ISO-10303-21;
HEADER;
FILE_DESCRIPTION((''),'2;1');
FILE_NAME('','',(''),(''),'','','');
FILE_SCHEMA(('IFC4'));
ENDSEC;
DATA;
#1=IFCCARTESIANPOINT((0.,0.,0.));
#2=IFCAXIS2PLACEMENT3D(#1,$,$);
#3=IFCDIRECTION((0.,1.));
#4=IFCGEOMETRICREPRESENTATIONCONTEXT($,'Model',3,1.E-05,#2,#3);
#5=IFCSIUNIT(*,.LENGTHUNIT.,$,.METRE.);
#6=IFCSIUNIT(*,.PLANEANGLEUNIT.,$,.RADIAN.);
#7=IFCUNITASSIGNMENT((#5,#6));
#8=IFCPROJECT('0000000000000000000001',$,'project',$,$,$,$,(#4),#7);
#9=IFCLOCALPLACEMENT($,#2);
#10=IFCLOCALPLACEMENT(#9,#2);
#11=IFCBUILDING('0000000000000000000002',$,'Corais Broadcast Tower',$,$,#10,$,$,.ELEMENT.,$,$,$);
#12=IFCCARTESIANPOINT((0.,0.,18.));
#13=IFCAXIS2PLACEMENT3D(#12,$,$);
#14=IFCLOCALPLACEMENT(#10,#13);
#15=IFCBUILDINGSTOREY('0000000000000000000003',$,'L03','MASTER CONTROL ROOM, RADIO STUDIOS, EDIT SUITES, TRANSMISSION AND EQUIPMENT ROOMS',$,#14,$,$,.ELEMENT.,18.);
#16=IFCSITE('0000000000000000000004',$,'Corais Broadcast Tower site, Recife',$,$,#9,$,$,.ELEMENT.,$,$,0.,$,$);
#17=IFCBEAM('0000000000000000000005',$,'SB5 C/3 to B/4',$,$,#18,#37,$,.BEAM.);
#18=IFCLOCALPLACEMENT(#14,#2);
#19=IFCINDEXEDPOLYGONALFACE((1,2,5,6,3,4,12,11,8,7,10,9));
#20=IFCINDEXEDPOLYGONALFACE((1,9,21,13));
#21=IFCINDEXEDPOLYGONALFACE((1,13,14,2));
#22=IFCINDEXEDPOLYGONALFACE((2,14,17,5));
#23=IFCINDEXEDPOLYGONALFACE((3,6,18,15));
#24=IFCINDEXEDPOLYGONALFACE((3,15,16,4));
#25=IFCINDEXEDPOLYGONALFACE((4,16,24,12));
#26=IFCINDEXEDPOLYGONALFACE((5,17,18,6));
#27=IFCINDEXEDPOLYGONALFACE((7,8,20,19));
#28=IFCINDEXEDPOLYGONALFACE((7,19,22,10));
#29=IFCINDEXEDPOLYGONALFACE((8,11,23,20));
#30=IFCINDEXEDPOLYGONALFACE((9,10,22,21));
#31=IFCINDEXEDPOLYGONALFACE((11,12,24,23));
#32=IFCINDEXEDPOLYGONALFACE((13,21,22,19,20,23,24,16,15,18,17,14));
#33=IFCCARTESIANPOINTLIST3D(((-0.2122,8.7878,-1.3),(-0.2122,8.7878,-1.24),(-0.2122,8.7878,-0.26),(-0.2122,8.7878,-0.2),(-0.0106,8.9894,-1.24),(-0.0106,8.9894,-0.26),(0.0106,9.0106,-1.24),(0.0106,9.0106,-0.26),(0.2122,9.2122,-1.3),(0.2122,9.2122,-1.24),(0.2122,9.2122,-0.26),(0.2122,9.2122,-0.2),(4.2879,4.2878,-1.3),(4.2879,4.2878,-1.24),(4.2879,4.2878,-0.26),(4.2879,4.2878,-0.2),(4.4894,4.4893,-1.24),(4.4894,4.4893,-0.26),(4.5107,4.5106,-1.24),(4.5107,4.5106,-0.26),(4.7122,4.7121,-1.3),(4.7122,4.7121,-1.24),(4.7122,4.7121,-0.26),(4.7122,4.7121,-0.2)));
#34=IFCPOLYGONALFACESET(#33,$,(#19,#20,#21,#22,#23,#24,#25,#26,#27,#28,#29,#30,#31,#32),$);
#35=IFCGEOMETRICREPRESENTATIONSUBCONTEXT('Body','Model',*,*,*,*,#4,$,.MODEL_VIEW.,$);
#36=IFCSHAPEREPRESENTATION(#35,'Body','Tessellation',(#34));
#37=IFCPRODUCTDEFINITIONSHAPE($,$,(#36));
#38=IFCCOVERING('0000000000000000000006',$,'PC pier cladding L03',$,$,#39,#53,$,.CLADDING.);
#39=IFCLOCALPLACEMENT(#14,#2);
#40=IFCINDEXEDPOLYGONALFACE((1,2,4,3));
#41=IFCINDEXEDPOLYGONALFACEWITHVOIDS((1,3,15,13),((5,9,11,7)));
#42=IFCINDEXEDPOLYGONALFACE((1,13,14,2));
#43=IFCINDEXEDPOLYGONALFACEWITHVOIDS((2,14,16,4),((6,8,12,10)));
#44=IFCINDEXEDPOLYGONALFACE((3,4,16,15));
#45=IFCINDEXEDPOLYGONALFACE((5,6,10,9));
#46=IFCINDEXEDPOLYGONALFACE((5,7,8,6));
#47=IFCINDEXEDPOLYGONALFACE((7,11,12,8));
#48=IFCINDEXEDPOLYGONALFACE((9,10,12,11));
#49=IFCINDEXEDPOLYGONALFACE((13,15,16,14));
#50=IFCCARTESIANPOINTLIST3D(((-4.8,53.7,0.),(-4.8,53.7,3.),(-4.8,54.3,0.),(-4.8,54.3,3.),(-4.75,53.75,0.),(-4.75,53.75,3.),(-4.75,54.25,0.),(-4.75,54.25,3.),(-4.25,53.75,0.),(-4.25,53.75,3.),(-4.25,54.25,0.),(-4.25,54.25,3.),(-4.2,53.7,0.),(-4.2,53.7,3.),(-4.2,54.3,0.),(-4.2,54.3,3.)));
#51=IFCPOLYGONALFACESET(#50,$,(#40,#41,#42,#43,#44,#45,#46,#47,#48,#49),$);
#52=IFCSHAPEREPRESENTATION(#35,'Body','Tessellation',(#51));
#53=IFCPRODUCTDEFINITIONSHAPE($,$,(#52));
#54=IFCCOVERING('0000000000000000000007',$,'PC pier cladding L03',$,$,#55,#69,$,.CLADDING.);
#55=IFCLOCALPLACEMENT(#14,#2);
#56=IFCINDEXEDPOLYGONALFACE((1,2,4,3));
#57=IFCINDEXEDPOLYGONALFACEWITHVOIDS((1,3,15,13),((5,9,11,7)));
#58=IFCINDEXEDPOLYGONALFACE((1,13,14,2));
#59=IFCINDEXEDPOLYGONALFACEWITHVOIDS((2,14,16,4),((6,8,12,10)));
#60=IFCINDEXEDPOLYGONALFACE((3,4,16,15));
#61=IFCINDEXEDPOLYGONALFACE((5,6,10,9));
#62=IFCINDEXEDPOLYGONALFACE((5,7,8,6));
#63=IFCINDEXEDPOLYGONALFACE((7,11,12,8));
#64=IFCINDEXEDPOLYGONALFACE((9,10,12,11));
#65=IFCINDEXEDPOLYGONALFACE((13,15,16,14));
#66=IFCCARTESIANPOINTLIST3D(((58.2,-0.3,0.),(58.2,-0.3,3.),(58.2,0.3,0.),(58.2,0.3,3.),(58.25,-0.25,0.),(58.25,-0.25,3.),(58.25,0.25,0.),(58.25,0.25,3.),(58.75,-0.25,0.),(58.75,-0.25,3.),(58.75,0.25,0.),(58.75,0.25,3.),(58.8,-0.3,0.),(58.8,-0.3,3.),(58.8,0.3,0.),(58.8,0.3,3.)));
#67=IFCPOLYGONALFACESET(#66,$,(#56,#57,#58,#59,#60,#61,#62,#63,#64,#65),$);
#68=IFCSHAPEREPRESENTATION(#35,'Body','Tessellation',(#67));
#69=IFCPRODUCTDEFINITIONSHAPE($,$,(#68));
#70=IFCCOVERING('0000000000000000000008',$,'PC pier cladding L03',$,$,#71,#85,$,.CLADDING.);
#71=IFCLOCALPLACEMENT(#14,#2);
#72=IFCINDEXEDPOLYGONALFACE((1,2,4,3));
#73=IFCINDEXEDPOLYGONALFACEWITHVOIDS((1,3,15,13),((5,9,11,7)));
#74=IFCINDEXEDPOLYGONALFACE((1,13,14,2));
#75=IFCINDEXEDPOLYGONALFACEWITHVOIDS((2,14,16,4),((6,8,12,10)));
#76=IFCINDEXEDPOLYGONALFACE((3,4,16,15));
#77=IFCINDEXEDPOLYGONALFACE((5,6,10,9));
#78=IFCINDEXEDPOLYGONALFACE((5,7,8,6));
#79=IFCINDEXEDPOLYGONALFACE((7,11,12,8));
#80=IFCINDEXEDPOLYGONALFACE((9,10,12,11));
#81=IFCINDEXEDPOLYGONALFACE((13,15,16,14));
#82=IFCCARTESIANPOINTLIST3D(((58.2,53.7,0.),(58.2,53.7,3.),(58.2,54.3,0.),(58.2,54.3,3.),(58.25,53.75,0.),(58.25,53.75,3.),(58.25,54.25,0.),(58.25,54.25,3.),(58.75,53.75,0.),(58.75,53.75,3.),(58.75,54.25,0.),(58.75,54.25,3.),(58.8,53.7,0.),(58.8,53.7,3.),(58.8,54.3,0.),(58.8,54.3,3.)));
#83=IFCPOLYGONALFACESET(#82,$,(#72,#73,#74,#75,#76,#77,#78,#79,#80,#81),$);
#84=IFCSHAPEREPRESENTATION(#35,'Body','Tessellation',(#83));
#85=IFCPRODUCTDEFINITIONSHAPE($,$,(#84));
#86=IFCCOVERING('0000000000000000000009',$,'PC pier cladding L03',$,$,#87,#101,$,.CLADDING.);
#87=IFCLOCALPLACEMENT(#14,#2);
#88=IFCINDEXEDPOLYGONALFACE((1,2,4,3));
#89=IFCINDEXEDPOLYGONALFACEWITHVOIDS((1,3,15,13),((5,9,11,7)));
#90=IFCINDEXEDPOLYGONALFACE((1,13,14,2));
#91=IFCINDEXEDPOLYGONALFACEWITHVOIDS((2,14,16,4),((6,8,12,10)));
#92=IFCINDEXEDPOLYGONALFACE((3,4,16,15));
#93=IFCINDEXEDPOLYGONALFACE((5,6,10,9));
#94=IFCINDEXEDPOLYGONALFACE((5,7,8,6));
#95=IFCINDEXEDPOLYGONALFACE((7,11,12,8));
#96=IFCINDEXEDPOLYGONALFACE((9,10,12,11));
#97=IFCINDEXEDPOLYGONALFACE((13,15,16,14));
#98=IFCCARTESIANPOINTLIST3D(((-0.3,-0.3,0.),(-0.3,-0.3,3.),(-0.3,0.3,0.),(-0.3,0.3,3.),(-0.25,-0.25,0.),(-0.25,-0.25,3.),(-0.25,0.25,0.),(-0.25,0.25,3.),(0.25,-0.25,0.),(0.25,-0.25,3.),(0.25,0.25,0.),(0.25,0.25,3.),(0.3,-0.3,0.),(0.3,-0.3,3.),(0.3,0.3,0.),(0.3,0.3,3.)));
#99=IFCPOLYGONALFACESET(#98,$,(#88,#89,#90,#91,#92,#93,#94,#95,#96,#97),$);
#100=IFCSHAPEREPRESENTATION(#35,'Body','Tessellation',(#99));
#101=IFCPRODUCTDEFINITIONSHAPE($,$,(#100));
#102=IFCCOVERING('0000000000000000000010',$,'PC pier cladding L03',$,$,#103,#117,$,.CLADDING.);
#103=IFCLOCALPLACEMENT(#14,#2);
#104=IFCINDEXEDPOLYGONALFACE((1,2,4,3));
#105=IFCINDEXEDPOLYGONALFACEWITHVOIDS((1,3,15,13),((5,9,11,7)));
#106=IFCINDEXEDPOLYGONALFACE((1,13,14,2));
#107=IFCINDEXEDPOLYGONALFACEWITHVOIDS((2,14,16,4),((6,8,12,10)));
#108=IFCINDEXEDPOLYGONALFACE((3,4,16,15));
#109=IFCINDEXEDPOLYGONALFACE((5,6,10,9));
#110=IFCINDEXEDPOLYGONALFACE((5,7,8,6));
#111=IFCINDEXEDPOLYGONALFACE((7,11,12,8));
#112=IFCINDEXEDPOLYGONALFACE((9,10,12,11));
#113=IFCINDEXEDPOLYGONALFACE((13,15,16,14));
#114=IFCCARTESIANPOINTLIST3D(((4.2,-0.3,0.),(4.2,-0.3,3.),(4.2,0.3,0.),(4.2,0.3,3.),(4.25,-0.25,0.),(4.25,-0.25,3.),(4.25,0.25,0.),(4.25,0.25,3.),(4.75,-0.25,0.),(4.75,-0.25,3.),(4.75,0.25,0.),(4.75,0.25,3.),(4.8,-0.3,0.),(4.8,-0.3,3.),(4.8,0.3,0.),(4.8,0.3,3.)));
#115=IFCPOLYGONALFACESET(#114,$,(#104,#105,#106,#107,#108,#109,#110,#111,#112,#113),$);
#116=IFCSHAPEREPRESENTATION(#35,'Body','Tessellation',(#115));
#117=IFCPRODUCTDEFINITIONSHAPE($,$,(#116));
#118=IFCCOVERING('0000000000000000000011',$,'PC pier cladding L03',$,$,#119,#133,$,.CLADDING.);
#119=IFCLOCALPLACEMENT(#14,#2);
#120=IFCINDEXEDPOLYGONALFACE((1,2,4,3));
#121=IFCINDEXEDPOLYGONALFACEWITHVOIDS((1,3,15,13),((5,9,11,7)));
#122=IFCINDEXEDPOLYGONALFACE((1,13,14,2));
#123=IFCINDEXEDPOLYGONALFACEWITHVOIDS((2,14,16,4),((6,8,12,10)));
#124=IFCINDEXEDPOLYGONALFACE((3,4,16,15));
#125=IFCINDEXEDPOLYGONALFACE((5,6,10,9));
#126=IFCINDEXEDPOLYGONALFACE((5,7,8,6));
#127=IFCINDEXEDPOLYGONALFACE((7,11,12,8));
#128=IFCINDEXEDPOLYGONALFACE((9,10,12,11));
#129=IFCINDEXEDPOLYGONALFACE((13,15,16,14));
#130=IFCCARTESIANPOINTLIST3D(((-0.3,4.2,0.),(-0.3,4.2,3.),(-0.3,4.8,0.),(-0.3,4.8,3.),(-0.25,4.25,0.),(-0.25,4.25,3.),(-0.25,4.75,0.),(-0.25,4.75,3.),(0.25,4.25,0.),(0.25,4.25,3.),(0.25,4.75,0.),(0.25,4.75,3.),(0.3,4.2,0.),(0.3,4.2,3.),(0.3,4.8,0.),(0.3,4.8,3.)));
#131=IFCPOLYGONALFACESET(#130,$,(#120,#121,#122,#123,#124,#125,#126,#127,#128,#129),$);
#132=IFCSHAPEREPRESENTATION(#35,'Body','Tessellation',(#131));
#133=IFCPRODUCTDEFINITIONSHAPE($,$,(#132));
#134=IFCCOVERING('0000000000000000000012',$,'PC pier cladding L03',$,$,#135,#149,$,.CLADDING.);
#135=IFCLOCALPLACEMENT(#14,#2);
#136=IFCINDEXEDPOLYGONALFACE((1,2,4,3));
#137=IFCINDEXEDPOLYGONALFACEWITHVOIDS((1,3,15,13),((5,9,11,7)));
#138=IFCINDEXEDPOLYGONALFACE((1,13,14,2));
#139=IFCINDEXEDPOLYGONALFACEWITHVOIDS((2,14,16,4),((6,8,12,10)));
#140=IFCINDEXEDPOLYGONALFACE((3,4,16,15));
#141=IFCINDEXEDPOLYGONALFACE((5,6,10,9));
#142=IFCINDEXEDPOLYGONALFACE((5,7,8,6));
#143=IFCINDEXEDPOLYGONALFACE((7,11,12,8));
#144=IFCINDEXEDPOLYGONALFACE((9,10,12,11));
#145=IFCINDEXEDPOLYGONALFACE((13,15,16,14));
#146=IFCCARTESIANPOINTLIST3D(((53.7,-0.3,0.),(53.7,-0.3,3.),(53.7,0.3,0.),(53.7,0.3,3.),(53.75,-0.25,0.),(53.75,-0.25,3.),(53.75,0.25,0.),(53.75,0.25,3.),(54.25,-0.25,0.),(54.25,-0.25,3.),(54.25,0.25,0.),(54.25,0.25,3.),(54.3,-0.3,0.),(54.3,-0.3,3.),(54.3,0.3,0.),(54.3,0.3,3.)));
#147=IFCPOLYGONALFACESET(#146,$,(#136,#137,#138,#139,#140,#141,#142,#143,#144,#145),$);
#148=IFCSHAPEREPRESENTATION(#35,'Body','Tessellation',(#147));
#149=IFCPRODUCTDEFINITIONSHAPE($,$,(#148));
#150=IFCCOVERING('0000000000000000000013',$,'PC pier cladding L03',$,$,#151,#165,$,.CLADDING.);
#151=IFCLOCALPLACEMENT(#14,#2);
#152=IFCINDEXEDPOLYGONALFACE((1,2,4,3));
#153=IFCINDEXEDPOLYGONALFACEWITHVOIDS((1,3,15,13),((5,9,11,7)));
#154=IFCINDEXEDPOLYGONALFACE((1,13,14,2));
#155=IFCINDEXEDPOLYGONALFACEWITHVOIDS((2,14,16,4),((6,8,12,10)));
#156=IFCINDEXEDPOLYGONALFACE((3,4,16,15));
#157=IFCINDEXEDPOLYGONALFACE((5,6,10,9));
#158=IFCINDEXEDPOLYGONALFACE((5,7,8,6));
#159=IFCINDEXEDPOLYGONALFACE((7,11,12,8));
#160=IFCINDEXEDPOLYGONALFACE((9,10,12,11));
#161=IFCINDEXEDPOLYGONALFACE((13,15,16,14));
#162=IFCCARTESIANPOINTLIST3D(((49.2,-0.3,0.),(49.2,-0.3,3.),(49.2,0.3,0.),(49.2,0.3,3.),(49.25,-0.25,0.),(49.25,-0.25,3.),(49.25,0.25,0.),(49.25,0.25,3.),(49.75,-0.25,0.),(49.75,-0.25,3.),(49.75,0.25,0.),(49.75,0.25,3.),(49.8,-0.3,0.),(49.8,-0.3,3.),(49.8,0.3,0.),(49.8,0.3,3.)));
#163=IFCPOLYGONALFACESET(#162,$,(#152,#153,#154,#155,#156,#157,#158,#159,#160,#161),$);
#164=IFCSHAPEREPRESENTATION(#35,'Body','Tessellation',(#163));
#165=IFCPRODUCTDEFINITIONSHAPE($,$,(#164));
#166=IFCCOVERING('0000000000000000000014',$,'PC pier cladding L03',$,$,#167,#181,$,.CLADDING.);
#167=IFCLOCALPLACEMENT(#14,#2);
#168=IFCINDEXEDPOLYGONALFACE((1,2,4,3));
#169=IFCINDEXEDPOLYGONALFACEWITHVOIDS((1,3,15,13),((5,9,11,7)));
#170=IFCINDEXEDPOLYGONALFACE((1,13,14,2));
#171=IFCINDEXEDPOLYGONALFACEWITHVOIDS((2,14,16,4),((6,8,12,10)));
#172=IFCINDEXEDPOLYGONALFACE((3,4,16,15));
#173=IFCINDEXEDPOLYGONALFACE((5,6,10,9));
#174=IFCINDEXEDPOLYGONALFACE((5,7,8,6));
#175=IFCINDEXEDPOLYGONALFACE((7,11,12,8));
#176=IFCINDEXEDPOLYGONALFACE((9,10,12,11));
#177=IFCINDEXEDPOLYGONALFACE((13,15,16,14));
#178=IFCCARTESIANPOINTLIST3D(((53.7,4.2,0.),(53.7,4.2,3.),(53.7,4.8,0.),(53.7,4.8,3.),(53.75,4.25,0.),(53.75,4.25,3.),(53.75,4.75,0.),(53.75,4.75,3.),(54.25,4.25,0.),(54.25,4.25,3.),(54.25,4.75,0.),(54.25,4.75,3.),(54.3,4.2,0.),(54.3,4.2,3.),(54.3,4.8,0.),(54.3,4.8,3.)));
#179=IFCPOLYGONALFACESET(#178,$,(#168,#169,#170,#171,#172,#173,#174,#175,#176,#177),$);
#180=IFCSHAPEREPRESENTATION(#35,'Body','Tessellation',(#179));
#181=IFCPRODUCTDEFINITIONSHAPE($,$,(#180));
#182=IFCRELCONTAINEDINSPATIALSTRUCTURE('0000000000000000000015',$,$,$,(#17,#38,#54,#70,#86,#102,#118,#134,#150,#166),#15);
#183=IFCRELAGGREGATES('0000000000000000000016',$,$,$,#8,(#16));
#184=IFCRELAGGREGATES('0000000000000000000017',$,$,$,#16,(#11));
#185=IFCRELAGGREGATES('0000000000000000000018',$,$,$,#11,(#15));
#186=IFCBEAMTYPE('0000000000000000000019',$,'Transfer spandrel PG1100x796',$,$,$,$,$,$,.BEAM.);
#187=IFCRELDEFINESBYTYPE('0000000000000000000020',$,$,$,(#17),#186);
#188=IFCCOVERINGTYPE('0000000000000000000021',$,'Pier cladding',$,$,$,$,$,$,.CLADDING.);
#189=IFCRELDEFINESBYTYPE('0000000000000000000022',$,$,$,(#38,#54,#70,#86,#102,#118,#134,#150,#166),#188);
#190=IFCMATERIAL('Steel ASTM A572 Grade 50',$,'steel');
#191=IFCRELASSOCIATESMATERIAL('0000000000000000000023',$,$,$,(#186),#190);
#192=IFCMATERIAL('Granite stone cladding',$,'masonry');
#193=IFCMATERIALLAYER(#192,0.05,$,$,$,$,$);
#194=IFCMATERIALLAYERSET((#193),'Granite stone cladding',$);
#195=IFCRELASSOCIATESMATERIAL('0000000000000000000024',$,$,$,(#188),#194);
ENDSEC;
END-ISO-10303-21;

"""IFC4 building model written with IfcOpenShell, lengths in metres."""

from ifc_helpers import new_model, si_unit, direction, frame, origin, origin_2d, place, context, subcontext, project, spatial, polyline, i_section, outline, extrude, material, layer, layer_set, material_profile, profile_set, type_object, element, save


model = new_model("IFC4")

# Units and contexts
model_context = context("Model", 3, precision=1e-05, world=origin(), true_north=direction((0.0, 1.0)))
body_context = subcontext(model_context, "Body", "Model", "MODEL_VIEW")
ifc_project = project(units=[si_unit("LENGTHUNIT", "METRE"), si_unit("PLANEANGLEUNIT", "RADIAN")], contexts=[model_context])

# Site, building, storey
site_placement = place(None, origin())
site = spatial("IfcSite", under=ifc_project, at=site_placement, Name="Corais Broadcast Tower site, Recife", CompositionType="ELEMENT", RefElevation=0.0)
building_placement = place(site_placement, origin())
building = spatial("IfcBuilding", under=site, at=building_placement, Name="Corais Broadcast Tower", CompositionType="ELEMENT")
storey_placement = place(building_placement, frame((0.0, 0.0, 18.0)))
storey = spatial("IfcBuildingStorey", under=building, at=storey_placement, Name="L03", Description="MASTER CONTROL ROOM, RADIO STUDIOS, EDIT SUITES, TRANSMISSION AND EQUIPMENT ROOMS", CompositionType="ELEMENT", Elevation=18.0)

# Beam
ifc_material_1 = material(Name="Steel ASTM A572 Grade 50", Category="steel")
ifc_material_profile_1 = material_profile(ifc_material_1, i_section(OverallWidth=0.6001, OverallDepth=1.1001, WebThickness=0.03, FlangeThickness=0.0601, at=origin_2d()), Name="PG1100x796")
ifc_profile_set_1 = profile_set([ifc_material_profile_1], Name="Steel ASTM A572 Grade 50")
beam_type_1 = type_object("IfcBeamType", Name="Transfer spandrel PG1100x796", PredefinedType="BEAM", material=ifc_profile_set_1)
beam_1_placement = place(storey_placement, frame((0.0, 9.0, -0.75), z_axis=(0.707107, -0.707107, 0.0), x_axis=(0.707107, 0.707107, 0.0)))
element("IfcBeam", 1, at=beam_1_placement, inside=storey, type_object=beam_type_1, Name="SB5 C/3 to B/4", PredefinedType="BEAM", context=body_context, shape_type="SweptSolid", body=[
    extrude(i_section(OverallWidth=0.6001, OverallDepth=1.1001, WebThickness=0.03, FlangeThickness=0.0601, at=origin_2d()), origin(), (0.0, 0.0, 1.0), 6.364),
])

# Coverings
ifc_material_2 = material(Name="Granite stone cladding", Category="masonry")
ifc_layer = layer(ifc_material_2, 0.05)
ifc_layer_set = layer_set([ifc_layer], Name="Granite stone cladding")
covering_type = type_object("IfcCoveringType", Name="Pier cladding", PredefinedType="CLADDING", material=ifc_layer_set)
covering_1_placement = place(storey_placement, origin())
element("IfcCovering", 2, at=covering_1_placement, inside=storey, type_object=covering_type, Name="PC pier cladding L03", PredefinedType="CLADDING", context=body_context, shape_type="SweptSolid", body=[
    extrude(outline(polyline([(-4.8, 53.7), (-4.2, 53.7), (-4.2, 54.3), (-4.8, 54.3), (-4.8, 53.7)]), holes=[polyline([(-4.75, 53.75), (-4.25, 53.75), (-4.25, 54.25), (-4.75, 54.25), (-4.75, 53.75)])]), origin(), (0.0, 0.0, 1.0), 3.0),
])
covering_2_placement = place(storey_placement, origin())
element("IfcCovering", 3, at=covering_2_placement, inside=storey, type_object=covering_type, Name="PC pier cladding L03", PredefinedType="CLADDING", context=body_context, shape_type="SweptSolid", body=[
    extrude(outline(polyline([(58.2, -0.3), (58.8, -0.3), (58.8, 0.3), (58.2, 0.3), (58.2, -0.3)]), holes=[polyline([(58.25, -0.25), (58.75, -0.25), (58.75, 0.25), (58.25, 0.25), (58.25, -0.25)])]), origin(), (0.0, 0.0, 1.0), 3.0),
])
covering_3_placement = place(storey_placement, origin())
element("IfcCovering", 4, at=covering_3_placement, inside=storey, type_object=covering_type, Name="PC pier cladding L03", PredefinedType="CLADDING", context=body_context, shape_type="SweptSolid", body=[
    extrude(outline(polyline([(58.2, 53.7), (58.8, 53.7), (58.8, 54.3), (58.2, 54.3), (58.2, 53.7)]), holes=[polyline([(58.25, 53.75), (58.75, 53.75), (58.75, 54.25), (58.25, 54.25), (58.25, 53.75)])]), origin(), (0.0, 0.0, 1.0), 3.0),
])
covering_4_placement = place(storey_placement, origin())
element("IfcCovering", 5, at=covering_4_placement, inside=storey, type_object=covering_type, Name="PC pier cladding L03", PredefinedType="CLADDING", context=body_context, shape_type="SweptSolid", body=[
    extrude(outline(polyline([(-0.3, -0.3), (0.3, -0.3), (0.3, 0.3), (-0.3, 0.3), (-0.3, -0.3)]), holes=[polyline([(-0.25, -0.25), (0.25, -0.25), (0.25, 0.25), (-0.25, 0.25), (-0.25, -0.25)])]), origin(), (0.0, 0.0, 1.0), 3.0),
])
covering_5_placement = place(storey_placement, origin())
element("IfcCovering", 6, at=covering_5_placement, inside=storey, type_object=covering_type, Name="PC pier cladding L03", PredefinedType="CLADDING", context=body_context, shape_type="SweptSolid", body=[
    extrude(outline(polyline([(4.2, -0.3), (4.8, -0.3), (4.8, 0.3), (4.2, 0.3), (4.2, -0.3)]), holes=[polyline([(4.25, -0.25), (4.75, -0.25), (4.75, 0.25), (4.25, 0.25), (4.25, -0.25)])]), origin(), (0.0, 0.0, 1.0), 3.0),
])
covering_6_placement = place(storey_placement, origin())
element("IfcCovering", 7, at=covering_6_placement, inside=storey, type_object=covering_type, Name="PC pier cladding L03", PredefinedType="CLADDING", context=body_context, shape_type="SweptSolid", body=[
    extrude(outline(polyline([(-0.3, 4.2), (0.3, 4.2), (0.3, 4.8), (-0.3, 4.8), (-0.3, 4.2)]), holes=[polyline([(-0.25, 4.25), (0.25, 4.25), (0.25, 4.75), (-0.25, 4.75), (-0.25, 4.25)])]), origin(), (0.0, 0.0, 1.0), 3.0),
])
covering_7_placement = place(storey_placement, origin())
element("IfcCovering", 8, at=covering_7_placement, inside=storey, type_object=covering_type, Name="PC pier cladding L03", PredefinedType="CLADDING", context=body_context, shape_type="SweptSolid", body=[
    extrude(outline(polyline([(53.7, -0.3), (54.3, -0.3), (54.3, 0.3), (53.7, 0.3), (53.7, -0.3)]), holes=[polyline([(53.75, -0.25), (54.25, -0.25), (54.25, 0.25), (53.75, 0.25), (53.75, -0.25)])]), origin(), (0.0, 0.0, 1.0), 3.0),
])
covering_8_placement = place(storey_placement, origin())
element("IfcCovering", 9, at=covering_8_placement, inside=storey, type_object=covering_type, Name="PC pier cladding L03", PredefinedType="CLADDING", context=body_context, shape_type="SweptSolid", body=[
    extrude(outline(polyline([(49.2, -0.3), (49.8, -0.3), (49.8, 0.3), (49.2, 0.3), (49.2, -0.3)]), holes=[polyline([(49.25, -0.25), (49.75, -0.25), (49.75, 0.25), (49.25, 0.25), (49.25, -0.25)])]), origin(), (0.0, 0.0, 1.0), 3.0),
])
covering_9_placement = place(storey_placement, origin())
element("IfcCovering", 10, at=covering_9_placement, inside=storey, type_object=covering_type, Name="PC pier cladding L03", PredefinedType="CLADDING", context=body_context, shape_type="SweptSolid", body=[
    extrude(outline(polyline([(53.7, 4.2), (54.3, 4.2), (54.3, 4.8), (53.7, 4.8), (53.7, 4.2)]), holes=[polyline([(53.75, 4.25), (54.25, 4.25), (54.25, 4.75), (53.75, 4.75), (53.75, 4.25)])]), origin(), (0.0, 0.0, 1.0), 3.0),
])

save(model, "model.ifc")
